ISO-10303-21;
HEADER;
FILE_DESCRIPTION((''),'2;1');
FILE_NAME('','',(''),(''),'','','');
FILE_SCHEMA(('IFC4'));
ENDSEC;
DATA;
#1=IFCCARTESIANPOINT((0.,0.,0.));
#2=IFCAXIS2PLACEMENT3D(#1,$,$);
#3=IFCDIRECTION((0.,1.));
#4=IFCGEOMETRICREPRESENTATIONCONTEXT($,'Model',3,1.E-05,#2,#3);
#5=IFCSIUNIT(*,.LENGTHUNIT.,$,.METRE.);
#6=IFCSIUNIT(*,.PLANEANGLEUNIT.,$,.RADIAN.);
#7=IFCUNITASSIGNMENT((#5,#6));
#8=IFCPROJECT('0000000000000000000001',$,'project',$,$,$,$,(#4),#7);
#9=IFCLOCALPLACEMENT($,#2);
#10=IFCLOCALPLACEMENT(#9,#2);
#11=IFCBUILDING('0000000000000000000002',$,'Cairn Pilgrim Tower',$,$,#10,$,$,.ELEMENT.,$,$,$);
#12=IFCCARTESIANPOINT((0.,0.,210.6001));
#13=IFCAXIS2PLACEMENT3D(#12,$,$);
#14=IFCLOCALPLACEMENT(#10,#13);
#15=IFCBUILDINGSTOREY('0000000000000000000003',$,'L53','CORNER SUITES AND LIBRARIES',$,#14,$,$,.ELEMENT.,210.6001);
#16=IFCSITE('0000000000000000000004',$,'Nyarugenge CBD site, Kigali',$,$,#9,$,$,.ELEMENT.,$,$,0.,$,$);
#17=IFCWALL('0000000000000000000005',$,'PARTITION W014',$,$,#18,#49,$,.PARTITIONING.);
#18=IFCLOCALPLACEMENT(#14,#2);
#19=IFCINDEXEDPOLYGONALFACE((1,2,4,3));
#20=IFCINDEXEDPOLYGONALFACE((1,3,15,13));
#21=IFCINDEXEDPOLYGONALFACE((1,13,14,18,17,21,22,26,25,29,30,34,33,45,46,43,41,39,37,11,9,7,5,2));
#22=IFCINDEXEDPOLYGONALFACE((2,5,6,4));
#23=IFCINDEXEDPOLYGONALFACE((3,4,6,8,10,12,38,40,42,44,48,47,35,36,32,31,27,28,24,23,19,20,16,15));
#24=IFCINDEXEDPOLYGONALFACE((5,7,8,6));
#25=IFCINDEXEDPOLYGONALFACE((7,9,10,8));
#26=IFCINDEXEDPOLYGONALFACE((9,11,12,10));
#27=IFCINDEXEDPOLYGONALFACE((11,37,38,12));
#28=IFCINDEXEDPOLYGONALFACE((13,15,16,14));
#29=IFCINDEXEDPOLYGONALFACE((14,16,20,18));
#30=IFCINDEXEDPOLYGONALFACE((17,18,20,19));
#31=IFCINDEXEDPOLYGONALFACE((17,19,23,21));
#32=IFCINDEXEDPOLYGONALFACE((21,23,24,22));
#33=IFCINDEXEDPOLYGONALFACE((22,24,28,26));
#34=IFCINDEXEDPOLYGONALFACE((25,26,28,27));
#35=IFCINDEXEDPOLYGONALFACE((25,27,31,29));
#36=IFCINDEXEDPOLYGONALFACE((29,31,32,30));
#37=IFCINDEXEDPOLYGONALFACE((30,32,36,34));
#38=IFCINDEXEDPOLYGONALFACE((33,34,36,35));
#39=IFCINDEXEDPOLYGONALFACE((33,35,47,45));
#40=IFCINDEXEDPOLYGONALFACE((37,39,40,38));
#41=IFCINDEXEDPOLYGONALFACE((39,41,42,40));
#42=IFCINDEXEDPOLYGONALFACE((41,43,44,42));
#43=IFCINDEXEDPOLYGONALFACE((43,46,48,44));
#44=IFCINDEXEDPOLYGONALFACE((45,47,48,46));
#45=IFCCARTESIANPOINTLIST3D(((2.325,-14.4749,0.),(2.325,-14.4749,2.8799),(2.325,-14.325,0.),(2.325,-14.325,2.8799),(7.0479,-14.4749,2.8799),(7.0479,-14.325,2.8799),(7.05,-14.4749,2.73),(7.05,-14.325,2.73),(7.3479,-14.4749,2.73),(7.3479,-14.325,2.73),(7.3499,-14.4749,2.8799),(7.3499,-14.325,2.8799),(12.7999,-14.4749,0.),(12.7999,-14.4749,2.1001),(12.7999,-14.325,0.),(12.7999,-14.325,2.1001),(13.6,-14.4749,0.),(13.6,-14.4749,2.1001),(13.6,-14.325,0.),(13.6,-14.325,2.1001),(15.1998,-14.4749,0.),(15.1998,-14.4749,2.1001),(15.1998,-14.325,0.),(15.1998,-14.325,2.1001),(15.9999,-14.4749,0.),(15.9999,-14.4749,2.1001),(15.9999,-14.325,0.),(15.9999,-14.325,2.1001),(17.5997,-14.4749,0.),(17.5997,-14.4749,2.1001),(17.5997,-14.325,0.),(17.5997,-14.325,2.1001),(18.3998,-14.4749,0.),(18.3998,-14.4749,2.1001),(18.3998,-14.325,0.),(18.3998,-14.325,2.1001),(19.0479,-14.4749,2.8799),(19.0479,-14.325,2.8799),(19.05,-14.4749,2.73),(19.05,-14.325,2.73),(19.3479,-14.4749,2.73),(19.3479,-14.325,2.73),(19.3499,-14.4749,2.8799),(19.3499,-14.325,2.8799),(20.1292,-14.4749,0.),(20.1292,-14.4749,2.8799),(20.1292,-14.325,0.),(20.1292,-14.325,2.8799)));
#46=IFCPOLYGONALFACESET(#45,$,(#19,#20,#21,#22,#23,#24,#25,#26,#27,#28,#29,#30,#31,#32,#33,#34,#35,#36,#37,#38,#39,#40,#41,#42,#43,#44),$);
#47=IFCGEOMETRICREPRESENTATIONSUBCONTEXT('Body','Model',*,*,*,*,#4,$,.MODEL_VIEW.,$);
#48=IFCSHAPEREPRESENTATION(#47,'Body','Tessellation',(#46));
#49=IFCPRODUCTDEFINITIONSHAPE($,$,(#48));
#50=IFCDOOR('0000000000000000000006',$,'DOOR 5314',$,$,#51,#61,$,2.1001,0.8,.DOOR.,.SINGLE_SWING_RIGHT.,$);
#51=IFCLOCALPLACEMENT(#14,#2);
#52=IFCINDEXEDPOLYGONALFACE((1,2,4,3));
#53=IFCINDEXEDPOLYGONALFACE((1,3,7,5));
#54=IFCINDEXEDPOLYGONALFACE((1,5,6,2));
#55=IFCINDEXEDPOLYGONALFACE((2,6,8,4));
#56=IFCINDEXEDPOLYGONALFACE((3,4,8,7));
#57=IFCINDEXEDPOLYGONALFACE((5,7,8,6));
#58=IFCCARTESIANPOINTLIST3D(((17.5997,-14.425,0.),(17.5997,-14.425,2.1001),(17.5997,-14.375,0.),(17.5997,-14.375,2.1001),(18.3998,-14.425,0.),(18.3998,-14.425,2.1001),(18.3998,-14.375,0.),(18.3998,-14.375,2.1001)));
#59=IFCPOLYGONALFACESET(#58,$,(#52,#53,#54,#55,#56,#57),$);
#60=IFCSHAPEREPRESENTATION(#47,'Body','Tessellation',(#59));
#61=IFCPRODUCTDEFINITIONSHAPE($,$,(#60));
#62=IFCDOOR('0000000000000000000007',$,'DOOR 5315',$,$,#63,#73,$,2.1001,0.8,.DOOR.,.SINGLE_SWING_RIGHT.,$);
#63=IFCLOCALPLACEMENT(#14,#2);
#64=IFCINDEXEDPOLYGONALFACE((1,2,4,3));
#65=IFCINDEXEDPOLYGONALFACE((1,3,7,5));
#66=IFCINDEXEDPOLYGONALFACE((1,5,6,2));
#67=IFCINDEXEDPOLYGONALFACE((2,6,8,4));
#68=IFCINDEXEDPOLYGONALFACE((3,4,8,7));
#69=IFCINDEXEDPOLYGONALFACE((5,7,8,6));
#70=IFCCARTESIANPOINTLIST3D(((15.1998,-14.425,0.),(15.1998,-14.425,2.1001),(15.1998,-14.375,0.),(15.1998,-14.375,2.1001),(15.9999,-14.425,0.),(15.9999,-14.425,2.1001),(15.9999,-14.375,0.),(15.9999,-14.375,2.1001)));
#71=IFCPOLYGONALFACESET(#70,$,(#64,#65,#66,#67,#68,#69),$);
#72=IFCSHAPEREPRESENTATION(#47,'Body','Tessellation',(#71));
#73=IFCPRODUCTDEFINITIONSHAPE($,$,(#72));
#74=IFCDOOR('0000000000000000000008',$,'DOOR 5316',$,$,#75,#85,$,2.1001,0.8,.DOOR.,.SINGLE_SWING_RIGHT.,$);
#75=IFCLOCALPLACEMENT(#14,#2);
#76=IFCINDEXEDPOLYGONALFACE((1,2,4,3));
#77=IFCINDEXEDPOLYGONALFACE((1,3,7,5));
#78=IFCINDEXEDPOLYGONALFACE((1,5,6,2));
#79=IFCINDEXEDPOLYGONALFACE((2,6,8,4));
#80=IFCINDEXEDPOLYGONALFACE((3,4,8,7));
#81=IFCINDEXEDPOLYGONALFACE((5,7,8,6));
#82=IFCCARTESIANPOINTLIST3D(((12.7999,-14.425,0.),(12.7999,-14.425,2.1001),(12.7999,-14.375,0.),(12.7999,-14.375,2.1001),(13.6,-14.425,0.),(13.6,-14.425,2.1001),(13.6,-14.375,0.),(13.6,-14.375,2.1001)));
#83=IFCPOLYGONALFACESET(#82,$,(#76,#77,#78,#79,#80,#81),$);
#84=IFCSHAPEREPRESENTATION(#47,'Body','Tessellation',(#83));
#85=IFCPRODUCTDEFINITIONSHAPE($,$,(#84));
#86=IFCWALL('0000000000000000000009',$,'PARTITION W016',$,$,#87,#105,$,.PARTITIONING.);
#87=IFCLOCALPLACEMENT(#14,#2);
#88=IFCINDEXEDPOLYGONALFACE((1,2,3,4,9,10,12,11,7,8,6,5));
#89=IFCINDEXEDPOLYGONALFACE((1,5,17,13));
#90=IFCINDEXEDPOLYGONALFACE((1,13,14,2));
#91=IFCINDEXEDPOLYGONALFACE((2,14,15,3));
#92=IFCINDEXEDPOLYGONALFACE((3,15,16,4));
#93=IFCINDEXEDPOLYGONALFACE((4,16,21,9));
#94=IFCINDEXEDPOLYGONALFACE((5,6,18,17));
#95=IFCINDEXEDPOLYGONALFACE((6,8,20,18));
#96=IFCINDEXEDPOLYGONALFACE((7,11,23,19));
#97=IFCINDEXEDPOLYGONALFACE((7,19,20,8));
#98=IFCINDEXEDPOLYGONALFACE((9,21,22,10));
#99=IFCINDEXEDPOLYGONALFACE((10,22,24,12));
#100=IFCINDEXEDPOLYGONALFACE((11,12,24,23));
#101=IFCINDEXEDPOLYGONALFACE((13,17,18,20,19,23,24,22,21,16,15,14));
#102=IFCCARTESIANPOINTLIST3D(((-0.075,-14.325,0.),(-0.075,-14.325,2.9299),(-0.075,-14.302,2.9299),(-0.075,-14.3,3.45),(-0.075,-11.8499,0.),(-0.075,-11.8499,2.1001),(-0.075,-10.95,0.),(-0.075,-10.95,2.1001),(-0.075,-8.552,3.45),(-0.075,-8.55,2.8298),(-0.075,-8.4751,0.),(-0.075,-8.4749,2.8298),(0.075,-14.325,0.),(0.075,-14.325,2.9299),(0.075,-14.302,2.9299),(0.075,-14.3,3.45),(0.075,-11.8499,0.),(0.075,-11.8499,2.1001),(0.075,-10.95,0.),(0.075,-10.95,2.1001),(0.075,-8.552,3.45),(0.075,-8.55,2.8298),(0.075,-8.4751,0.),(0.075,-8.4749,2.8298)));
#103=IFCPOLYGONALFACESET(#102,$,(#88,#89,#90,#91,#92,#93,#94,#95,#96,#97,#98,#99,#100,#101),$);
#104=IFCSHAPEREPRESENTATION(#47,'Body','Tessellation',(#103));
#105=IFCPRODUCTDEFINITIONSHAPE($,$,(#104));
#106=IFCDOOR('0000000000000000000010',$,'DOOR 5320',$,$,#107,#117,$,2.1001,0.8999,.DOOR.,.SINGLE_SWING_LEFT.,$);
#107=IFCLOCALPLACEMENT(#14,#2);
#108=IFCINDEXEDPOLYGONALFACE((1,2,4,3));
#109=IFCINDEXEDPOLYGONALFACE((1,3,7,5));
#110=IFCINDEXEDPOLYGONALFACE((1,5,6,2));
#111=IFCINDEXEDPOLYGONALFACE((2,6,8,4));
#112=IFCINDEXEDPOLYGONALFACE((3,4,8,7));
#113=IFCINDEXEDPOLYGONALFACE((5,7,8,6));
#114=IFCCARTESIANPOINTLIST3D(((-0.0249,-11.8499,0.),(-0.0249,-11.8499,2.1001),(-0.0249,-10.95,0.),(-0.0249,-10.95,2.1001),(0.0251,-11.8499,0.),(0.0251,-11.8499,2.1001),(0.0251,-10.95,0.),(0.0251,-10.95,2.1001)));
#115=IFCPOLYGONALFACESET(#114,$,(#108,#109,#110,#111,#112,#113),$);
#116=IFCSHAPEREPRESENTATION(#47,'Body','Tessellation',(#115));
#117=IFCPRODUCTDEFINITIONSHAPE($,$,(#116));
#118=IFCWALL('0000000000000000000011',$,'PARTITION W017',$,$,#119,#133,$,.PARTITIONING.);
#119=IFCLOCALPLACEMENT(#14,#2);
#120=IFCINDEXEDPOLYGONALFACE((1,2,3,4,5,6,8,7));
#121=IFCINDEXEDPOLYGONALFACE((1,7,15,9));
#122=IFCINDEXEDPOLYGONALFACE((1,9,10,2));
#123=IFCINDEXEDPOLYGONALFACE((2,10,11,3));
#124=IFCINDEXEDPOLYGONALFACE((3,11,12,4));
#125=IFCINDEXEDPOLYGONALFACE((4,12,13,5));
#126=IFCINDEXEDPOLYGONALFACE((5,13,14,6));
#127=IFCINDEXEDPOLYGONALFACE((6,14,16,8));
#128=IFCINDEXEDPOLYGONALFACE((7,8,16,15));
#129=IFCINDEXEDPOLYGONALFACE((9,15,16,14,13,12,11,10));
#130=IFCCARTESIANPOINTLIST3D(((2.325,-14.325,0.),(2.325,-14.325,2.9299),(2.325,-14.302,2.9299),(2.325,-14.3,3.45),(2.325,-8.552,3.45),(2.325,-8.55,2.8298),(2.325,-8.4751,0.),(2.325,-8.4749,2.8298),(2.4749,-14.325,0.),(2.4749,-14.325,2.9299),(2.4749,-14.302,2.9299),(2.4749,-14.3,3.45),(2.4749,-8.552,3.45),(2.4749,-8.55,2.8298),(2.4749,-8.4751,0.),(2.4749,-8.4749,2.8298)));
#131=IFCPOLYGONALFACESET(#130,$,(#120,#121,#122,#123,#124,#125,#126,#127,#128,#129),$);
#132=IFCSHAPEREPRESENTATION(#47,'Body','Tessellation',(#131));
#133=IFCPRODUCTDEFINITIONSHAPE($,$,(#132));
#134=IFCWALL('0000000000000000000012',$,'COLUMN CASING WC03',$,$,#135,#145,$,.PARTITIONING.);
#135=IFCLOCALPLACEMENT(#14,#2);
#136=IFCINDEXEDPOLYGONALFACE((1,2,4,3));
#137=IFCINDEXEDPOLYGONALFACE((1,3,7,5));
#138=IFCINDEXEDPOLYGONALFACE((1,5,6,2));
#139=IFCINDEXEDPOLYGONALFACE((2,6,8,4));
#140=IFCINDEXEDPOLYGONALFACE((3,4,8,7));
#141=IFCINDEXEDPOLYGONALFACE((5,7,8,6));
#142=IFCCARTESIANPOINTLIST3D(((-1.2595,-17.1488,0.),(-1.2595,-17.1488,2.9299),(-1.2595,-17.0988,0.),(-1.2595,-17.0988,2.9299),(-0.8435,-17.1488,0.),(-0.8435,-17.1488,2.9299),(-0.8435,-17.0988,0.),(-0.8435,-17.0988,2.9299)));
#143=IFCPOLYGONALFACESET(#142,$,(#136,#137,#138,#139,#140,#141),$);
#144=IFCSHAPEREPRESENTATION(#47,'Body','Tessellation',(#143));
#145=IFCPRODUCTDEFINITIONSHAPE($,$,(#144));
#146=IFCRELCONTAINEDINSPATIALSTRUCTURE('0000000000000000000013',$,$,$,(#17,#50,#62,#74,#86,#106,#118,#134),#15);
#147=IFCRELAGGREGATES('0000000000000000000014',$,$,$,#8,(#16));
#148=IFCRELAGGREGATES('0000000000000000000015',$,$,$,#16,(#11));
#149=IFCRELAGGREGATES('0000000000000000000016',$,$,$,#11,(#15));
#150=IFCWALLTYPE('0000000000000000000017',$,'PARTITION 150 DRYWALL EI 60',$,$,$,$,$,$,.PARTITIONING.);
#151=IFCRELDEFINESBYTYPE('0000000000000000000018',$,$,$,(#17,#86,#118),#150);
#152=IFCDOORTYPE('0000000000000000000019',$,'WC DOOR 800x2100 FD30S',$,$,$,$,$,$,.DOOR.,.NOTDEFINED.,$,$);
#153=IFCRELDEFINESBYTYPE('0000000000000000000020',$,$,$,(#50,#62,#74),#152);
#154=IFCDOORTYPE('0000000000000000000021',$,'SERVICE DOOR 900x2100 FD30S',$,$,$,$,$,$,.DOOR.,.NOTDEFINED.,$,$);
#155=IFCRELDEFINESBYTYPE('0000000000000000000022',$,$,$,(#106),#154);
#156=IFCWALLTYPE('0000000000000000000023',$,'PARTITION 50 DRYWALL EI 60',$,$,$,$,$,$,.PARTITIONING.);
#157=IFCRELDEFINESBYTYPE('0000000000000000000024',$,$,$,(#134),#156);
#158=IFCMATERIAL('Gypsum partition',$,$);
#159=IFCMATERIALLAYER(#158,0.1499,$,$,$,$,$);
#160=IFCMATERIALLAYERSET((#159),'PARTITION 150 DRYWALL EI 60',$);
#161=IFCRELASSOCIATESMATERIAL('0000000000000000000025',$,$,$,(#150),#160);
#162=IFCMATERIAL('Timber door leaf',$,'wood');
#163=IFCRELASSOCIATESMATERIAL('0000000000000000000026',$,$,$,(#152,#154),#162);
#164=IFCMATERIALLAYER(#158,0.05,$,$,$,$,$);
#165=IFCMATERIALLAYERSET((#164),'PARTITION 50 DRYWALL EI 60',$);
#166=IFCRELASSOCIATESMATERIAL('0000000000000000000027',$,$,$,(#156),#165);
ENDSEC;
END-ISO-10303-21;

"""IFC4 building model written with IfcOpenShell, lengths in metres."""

from ifc_helpers import new_model, si_unit, direction, frame, frame_2d, origin, place, context, subcontext, project, spatial, polyline, rectangle, outline, extrude, material, layer, layer_set, type_object, element, fill, save


model = new_model("IFC4")

# Units and contexts
model_context = context("Model", 3, precision=1e-05, world=origin(), true_north=direction((0.0, 1.0)))
body_context = subcontext(model_context, "Body", "Model", "MODEL_VIEW")
ifc_project = project(units=[si_unit("LENGTHUNIT", "METRE"), si_unit("PLANEANGLEUNIT", "RADIAN")], contexts=[model_context])

# Site, building, storey
site_placement = place(None, origin())
site = spatial("IfcSite", under=ifc_project, at=site_placement, Name="Nyarugenge CBD site, Kigali", CompositionType="ELEMENT", RefElevation=0.0)
building_placement = place(site_placement, origin())
building = spatial("IfcBuilding", under=site, at=building_placement, Name="Cairn Pilgrim Tower", CompositionType="ELEMENT")
storey_placement = place(building_placement, frame((0.0, 0.0, 210.6001)))
storey = spatial("IfcBuildingStorey", under=building, at=storey_placement, Name="L53", Description="CORNER SUITES AND LIBRARIES", CompositionType="ELEMENT", Elevation=210.6001)

# Shared definitions
ifc_material_1 = material(Name="Gypsum partition")
ifc_layer_1 = layer(ifc_material_1, 0.1499)
ifc_layer_set_1 = layer_set([ifc_layer_1], Name="PARTITION 150 DRYWALL EI 60")
wall_type_1 = type_object("IfcWallType", Name="PARTITION 150 DRYWALL EI 60", PredefinedType="PARTITIONING", material=ifc_layer_set_1)
ifc_material_2 = material(Name="Timber door leaf", Category="wood")

# Wall, openings, doors
wall_1_placement = place(storey_placement, frame((2.325, -14.3999, 0.0), z_axis=(0.0, 0.0, 1.0), x_axis=(1.0, 0.0, 0.0)))
wall_1 = element("IfcWall", 1, at=wall_1_placement, inside=storey, type_object=wall_type_1, Name="PARTITION W014", PredefinedType="PARTITIONING", context=body_context, shape_type="SweptSolid", body=[
    extrude(outline(polyline([(0.0, 0.0), (17.8042, 0.0), (17.8042, 2.8799), (17.0249, 2.8799), (17.0229, 2.73), (16.7251, 2.73), (16.7229, 2.8799), (5.0249, 2.8799), (5.0229, 2.73), (4.7251, 2.73), (4.7229, 2.8799), (0.0, 2.8799), (0.0, 0.0)])), frame((0.0, 0.075, 0.0), z_axis=(0.0, -1.0, 0.0), x_axis=(1.0, 0.0, 0.0)), (0.0, 0.0, 1.0), 0.1499),
])
opening_1_placement = place(wall_1_placement, frame((15.2749, 0.0, 0.0)))
opening_1 = element("IfcOpeningElement", 2, at=opening_1_placement, cuts=wall_1, PredefinedType="OPENING", context=body_context, shape_type="SweptSolid", body=[
    extrude(rectangle(XDim=0.8, YDim=2.1001, at=frame_2d((0.3999, 1.05))), frame((0.0, 0.085, 0.0), z_axis=(0.0, -1.0, 0.0), x_axis=(1.0, 0.0, 0.0)), (0.0, 0.0, 1.0), 0.1699),
])
opening_2_placement = place(wall_1_placement, frame((12.875, 0.0, 0.0)))
opening_2 = element("IfcOpeningElement", 3, at=opening_2_placement, cuts=wall_1, PredefinedType="OPENING", context=body_context, shape_type="SweptSolid", body=[
    extrude(rectangle(XDim=0.8, YDim=2.1001, at=frame_2d((0.3999, 1.05))), frame((0.0, 0.085, 0.0), z_axis=(0.0, -1.0, 0.0), x_axis=(1.0, 0.0, 0.0)), (0.0, 0.0, 1.0), 0.1699),
])
opening_3_placement = place(wall_1_placement, frame((10.4751, 0.0, 0.0)))
opening_3 = element("IfcOpeningElement", 4, at=opening_3_placement, cuts=wall_1, PredefinedType="OPENING", context=body_context, shape_type="SweptSolid", body=[
    extrude(rectangle(XDim=0.8, YDim=2.1001, at=frame_2d((0.3999, 1.05))), frame((0.0, 0.085, 0.0), z_axis=(0.0, -1.0, 0.0), x_axis=(1.0, 0.0, 0.0)), (0.0, 0.0, 1.0), 0.1699),
])
door_type_1 = type_object("IfcDoorType", Name="WC DOOR 800x2100 FD30S", OperationType="NOTDEFINED", PredefinedType="DOOR", material=ifc_material_2)
door_1_placement = place(opening_1_placement, origin())
door_1 = element("IfcDoor", 5, at=door_1_placement, inside=storey, type_object=door_type_1, Name="DOOR 5314", OperationType="SINGLE_SWING_RIGHT", OverallHeight=2.1001, OverallWidth=0.8, PredefinedType="DOOR", context=body_context, shape_type="SweptSolid", body=[
    extrude(rectangle(XDim=0.8, YDim=2.1001, at=frame_2d((0.3999, 1.05))), frame((0.0, 0.0249, 0.0), z_axis=(0.0, -1.0, 0.0), x_axis=(1.0, 0.0, 0.0)), (0.0, 0.0, 1.0), 0.05),
])
fill(opening_1, door_1)
door_2_placement = place(opening_2_placement, origin())
door_2 = element("IfcDoor", 6, at=door_2_placement, inside=storey, type_object=door_type_1, Name="DOOR 5315", OperationType="SINGLE_SWING_RIGHT", OverallHeight=2.1001, OverallWidth=0.8, PredefinedType="DOOR", context=body_context, shape_type="SweptSolid", body=[
    extrude(rectangle(XDim=0.8, YDim=2.1001, at=frame_2d((0.3999, 1.05))), frame((0.0, 0.0249, 0.0), z_axis=(0.0, -1.0, 0.0), x_axis=(1.0, 0.0, 0.0)), (0.0, 0.0, 1.0), 0.05),
])
fill(opening_2, door_2)
door_3_placement = place(opening_3_placement, origin())
door_3 = element("IfcDoor", 7, at=door_3_placement, inside=storey, type_object=door_type_1, Name="DOOR 5316", OperationType="SINGLE_SWING_RIGHT", OverallHeight=2.1001, OverallWidth=0.8, PredefinedType="DOOR", context=body_context, shape_type="SweptSolid", body=[
    extrude(rectangle(XDim=0.8, YDim=2.1001, at=frame_2d((0.3999, 1.05))), frame((0.0, 0.0249, 0.0), z_axis=(0.0, -1.0, 0.0), x_axis=(1.0, 0.0, 0.0)), (0.0, 0.0, 1.0), 0.05),
])
fill(opening_3, door_3)

# Wall, opening, door
wall_2_placement = place(storey_placement, frame((0.0, -14.325, 0.0), z_axis=(0.0, 0.0, 1.0), x_axis=(0.0, 1.0, 0.0)))
wall_2 = element("IfcWall", 8, at=wall_2_placement, inside=storey, type_object=wall_type_1, Name="PARTITION W016", PredefinedType="PARTITIONING", context=body_context, shape_type="SweptSolid", body=[
    extrude(outline(polyline([(0.0, 0.0), (5.8499, 0.0), (5.8501, 2.8298), (5.7749, 2.8298), (5.7729, 3.45), (0.0249, 3.45), (0.0229, 2.9299), (0.0, 2.9299), (0.0, 0.0)])), frame((0.0, 0.075, 0.0), z_axis=(0.0, -1.0, 0.0), x_axis=(1.0, 0.0, 0.0)), (0.0, 0.0, 1.0), 0.1499),
])
opening_4_placement = place(wall_2_placement, frame((2.4751, 0.0, 0.0)))
opening_4 = element("IfcOpeningElement", 9, at=opening_4_placement, cuts=wall_2, PredefinedType="OPENING", context=body_context, shape_type="SweptSolid", body=[
    extrude(rectangle(XDim=0.8999, YDim=2.1001, at=frame_2d((0.45, 1.05))), frame((0.0, 0.085, 0.0), z_axis=(0.0, -1.0, 0.0), x_axis=(1.0, 0.0, 0.0)), (0.0, 0.0, 1.0), 0.1699),
])
door_type_2 = type_object("IfcDoorType", Name="SERVICE DOOR 900x2100 FD30S", OperationType="NOTDEFINED", PredefinedType="DOOR", material=ifc_material_2)
door_4_placement = place(opening_4_placement, origin())
door_4 = element("IfcDoor", 10, at=door_4_placement, inside=storey, type_object=door_type_2, Name="DOOR 5320", OperationType="SINGLE_SWING_LEFT", OverallHeight=2.1001, OverallWidth=0.8999, PredefinedType="DOOR", context=body_context, shape_type="SweptSolid", body=[
    extrude(rectangle(XDim=0.8999, YDim=2.1001, at=frame_2d((0.45, 1.05))), frame((0.0, 0.0249, 0.0), z_axis=(0.0, -1.0, 0.0), x_axis=(1.0, 0.0, 0.0)), (0.0, 0.0, 1.0), 0.05),
])
fill(opening_4, door_4)

# Walls
wall_3_placement = place(storey_placement, frame((2.3999, -14.325, 0.0), z_axis=(0.0, 0.0, 1.0), x_axis=(0.0, 1.0, 0.0)))
element("IfcWall", 11, at=wall_3_placement, inside=storey, type_object=wall_type_1, Name="PARTITION W017", PredefinedType="PARTITIONING", context=body_context, shape_type="SweptSolid", body=[
    extrude(outline(polyline([(0.0, 0.0), (5.8499, 0.0), (5.8501, 2.8298), (5.7749, 2.8298), (5.7729, 3.45), (0.0249, 3.45), (0.0229, 2.9299), (0.0, 2.9299), (0.0, 0.0)])), frame((0.0, 0.075, 0.0), z_axis=(0.0, -1.0, 0.0), x_axis=(1.0, 0.0, 0.0)), (0.0, 0.0, 1.0), 0.1499),
])
ifc_layer_2 = layer(ifc_material_1, 0.05)
ifc_layer_set_2 = layer_set([ifc_layer_2], Name="PARTITION 50 DRYWALL EI 60")
wall_type_2 = type_object("IfcWallType", Name="PARTITION 50 DRYWALL EI 60", PredefinedType="PARTITIONING", material=ifc_layer_set_2)
wall_4_placement = place(storey_placement, frame((-1.2595, -17.1238, 0.0), z_axis=(0.0, 0.0, 1.0), x_axis=(1.0, 0.0, 0.0)))
element("IfcWall", 12, at=wall_4_placement, inside=storey, type_object=wall_type_2, Name="COLUMN CASING WC03", PredefinedType="PARTITIONING", context=body_context, shape_type="SweptSolid", body=[
    extrude(rectangle(XDim=0.416, YDim=0.05, at=frame_2d((0.208, 0.0))), origin(), (0.0, 0.0, 1.0), 2.9299),
])

save(model, "model.ifc")
